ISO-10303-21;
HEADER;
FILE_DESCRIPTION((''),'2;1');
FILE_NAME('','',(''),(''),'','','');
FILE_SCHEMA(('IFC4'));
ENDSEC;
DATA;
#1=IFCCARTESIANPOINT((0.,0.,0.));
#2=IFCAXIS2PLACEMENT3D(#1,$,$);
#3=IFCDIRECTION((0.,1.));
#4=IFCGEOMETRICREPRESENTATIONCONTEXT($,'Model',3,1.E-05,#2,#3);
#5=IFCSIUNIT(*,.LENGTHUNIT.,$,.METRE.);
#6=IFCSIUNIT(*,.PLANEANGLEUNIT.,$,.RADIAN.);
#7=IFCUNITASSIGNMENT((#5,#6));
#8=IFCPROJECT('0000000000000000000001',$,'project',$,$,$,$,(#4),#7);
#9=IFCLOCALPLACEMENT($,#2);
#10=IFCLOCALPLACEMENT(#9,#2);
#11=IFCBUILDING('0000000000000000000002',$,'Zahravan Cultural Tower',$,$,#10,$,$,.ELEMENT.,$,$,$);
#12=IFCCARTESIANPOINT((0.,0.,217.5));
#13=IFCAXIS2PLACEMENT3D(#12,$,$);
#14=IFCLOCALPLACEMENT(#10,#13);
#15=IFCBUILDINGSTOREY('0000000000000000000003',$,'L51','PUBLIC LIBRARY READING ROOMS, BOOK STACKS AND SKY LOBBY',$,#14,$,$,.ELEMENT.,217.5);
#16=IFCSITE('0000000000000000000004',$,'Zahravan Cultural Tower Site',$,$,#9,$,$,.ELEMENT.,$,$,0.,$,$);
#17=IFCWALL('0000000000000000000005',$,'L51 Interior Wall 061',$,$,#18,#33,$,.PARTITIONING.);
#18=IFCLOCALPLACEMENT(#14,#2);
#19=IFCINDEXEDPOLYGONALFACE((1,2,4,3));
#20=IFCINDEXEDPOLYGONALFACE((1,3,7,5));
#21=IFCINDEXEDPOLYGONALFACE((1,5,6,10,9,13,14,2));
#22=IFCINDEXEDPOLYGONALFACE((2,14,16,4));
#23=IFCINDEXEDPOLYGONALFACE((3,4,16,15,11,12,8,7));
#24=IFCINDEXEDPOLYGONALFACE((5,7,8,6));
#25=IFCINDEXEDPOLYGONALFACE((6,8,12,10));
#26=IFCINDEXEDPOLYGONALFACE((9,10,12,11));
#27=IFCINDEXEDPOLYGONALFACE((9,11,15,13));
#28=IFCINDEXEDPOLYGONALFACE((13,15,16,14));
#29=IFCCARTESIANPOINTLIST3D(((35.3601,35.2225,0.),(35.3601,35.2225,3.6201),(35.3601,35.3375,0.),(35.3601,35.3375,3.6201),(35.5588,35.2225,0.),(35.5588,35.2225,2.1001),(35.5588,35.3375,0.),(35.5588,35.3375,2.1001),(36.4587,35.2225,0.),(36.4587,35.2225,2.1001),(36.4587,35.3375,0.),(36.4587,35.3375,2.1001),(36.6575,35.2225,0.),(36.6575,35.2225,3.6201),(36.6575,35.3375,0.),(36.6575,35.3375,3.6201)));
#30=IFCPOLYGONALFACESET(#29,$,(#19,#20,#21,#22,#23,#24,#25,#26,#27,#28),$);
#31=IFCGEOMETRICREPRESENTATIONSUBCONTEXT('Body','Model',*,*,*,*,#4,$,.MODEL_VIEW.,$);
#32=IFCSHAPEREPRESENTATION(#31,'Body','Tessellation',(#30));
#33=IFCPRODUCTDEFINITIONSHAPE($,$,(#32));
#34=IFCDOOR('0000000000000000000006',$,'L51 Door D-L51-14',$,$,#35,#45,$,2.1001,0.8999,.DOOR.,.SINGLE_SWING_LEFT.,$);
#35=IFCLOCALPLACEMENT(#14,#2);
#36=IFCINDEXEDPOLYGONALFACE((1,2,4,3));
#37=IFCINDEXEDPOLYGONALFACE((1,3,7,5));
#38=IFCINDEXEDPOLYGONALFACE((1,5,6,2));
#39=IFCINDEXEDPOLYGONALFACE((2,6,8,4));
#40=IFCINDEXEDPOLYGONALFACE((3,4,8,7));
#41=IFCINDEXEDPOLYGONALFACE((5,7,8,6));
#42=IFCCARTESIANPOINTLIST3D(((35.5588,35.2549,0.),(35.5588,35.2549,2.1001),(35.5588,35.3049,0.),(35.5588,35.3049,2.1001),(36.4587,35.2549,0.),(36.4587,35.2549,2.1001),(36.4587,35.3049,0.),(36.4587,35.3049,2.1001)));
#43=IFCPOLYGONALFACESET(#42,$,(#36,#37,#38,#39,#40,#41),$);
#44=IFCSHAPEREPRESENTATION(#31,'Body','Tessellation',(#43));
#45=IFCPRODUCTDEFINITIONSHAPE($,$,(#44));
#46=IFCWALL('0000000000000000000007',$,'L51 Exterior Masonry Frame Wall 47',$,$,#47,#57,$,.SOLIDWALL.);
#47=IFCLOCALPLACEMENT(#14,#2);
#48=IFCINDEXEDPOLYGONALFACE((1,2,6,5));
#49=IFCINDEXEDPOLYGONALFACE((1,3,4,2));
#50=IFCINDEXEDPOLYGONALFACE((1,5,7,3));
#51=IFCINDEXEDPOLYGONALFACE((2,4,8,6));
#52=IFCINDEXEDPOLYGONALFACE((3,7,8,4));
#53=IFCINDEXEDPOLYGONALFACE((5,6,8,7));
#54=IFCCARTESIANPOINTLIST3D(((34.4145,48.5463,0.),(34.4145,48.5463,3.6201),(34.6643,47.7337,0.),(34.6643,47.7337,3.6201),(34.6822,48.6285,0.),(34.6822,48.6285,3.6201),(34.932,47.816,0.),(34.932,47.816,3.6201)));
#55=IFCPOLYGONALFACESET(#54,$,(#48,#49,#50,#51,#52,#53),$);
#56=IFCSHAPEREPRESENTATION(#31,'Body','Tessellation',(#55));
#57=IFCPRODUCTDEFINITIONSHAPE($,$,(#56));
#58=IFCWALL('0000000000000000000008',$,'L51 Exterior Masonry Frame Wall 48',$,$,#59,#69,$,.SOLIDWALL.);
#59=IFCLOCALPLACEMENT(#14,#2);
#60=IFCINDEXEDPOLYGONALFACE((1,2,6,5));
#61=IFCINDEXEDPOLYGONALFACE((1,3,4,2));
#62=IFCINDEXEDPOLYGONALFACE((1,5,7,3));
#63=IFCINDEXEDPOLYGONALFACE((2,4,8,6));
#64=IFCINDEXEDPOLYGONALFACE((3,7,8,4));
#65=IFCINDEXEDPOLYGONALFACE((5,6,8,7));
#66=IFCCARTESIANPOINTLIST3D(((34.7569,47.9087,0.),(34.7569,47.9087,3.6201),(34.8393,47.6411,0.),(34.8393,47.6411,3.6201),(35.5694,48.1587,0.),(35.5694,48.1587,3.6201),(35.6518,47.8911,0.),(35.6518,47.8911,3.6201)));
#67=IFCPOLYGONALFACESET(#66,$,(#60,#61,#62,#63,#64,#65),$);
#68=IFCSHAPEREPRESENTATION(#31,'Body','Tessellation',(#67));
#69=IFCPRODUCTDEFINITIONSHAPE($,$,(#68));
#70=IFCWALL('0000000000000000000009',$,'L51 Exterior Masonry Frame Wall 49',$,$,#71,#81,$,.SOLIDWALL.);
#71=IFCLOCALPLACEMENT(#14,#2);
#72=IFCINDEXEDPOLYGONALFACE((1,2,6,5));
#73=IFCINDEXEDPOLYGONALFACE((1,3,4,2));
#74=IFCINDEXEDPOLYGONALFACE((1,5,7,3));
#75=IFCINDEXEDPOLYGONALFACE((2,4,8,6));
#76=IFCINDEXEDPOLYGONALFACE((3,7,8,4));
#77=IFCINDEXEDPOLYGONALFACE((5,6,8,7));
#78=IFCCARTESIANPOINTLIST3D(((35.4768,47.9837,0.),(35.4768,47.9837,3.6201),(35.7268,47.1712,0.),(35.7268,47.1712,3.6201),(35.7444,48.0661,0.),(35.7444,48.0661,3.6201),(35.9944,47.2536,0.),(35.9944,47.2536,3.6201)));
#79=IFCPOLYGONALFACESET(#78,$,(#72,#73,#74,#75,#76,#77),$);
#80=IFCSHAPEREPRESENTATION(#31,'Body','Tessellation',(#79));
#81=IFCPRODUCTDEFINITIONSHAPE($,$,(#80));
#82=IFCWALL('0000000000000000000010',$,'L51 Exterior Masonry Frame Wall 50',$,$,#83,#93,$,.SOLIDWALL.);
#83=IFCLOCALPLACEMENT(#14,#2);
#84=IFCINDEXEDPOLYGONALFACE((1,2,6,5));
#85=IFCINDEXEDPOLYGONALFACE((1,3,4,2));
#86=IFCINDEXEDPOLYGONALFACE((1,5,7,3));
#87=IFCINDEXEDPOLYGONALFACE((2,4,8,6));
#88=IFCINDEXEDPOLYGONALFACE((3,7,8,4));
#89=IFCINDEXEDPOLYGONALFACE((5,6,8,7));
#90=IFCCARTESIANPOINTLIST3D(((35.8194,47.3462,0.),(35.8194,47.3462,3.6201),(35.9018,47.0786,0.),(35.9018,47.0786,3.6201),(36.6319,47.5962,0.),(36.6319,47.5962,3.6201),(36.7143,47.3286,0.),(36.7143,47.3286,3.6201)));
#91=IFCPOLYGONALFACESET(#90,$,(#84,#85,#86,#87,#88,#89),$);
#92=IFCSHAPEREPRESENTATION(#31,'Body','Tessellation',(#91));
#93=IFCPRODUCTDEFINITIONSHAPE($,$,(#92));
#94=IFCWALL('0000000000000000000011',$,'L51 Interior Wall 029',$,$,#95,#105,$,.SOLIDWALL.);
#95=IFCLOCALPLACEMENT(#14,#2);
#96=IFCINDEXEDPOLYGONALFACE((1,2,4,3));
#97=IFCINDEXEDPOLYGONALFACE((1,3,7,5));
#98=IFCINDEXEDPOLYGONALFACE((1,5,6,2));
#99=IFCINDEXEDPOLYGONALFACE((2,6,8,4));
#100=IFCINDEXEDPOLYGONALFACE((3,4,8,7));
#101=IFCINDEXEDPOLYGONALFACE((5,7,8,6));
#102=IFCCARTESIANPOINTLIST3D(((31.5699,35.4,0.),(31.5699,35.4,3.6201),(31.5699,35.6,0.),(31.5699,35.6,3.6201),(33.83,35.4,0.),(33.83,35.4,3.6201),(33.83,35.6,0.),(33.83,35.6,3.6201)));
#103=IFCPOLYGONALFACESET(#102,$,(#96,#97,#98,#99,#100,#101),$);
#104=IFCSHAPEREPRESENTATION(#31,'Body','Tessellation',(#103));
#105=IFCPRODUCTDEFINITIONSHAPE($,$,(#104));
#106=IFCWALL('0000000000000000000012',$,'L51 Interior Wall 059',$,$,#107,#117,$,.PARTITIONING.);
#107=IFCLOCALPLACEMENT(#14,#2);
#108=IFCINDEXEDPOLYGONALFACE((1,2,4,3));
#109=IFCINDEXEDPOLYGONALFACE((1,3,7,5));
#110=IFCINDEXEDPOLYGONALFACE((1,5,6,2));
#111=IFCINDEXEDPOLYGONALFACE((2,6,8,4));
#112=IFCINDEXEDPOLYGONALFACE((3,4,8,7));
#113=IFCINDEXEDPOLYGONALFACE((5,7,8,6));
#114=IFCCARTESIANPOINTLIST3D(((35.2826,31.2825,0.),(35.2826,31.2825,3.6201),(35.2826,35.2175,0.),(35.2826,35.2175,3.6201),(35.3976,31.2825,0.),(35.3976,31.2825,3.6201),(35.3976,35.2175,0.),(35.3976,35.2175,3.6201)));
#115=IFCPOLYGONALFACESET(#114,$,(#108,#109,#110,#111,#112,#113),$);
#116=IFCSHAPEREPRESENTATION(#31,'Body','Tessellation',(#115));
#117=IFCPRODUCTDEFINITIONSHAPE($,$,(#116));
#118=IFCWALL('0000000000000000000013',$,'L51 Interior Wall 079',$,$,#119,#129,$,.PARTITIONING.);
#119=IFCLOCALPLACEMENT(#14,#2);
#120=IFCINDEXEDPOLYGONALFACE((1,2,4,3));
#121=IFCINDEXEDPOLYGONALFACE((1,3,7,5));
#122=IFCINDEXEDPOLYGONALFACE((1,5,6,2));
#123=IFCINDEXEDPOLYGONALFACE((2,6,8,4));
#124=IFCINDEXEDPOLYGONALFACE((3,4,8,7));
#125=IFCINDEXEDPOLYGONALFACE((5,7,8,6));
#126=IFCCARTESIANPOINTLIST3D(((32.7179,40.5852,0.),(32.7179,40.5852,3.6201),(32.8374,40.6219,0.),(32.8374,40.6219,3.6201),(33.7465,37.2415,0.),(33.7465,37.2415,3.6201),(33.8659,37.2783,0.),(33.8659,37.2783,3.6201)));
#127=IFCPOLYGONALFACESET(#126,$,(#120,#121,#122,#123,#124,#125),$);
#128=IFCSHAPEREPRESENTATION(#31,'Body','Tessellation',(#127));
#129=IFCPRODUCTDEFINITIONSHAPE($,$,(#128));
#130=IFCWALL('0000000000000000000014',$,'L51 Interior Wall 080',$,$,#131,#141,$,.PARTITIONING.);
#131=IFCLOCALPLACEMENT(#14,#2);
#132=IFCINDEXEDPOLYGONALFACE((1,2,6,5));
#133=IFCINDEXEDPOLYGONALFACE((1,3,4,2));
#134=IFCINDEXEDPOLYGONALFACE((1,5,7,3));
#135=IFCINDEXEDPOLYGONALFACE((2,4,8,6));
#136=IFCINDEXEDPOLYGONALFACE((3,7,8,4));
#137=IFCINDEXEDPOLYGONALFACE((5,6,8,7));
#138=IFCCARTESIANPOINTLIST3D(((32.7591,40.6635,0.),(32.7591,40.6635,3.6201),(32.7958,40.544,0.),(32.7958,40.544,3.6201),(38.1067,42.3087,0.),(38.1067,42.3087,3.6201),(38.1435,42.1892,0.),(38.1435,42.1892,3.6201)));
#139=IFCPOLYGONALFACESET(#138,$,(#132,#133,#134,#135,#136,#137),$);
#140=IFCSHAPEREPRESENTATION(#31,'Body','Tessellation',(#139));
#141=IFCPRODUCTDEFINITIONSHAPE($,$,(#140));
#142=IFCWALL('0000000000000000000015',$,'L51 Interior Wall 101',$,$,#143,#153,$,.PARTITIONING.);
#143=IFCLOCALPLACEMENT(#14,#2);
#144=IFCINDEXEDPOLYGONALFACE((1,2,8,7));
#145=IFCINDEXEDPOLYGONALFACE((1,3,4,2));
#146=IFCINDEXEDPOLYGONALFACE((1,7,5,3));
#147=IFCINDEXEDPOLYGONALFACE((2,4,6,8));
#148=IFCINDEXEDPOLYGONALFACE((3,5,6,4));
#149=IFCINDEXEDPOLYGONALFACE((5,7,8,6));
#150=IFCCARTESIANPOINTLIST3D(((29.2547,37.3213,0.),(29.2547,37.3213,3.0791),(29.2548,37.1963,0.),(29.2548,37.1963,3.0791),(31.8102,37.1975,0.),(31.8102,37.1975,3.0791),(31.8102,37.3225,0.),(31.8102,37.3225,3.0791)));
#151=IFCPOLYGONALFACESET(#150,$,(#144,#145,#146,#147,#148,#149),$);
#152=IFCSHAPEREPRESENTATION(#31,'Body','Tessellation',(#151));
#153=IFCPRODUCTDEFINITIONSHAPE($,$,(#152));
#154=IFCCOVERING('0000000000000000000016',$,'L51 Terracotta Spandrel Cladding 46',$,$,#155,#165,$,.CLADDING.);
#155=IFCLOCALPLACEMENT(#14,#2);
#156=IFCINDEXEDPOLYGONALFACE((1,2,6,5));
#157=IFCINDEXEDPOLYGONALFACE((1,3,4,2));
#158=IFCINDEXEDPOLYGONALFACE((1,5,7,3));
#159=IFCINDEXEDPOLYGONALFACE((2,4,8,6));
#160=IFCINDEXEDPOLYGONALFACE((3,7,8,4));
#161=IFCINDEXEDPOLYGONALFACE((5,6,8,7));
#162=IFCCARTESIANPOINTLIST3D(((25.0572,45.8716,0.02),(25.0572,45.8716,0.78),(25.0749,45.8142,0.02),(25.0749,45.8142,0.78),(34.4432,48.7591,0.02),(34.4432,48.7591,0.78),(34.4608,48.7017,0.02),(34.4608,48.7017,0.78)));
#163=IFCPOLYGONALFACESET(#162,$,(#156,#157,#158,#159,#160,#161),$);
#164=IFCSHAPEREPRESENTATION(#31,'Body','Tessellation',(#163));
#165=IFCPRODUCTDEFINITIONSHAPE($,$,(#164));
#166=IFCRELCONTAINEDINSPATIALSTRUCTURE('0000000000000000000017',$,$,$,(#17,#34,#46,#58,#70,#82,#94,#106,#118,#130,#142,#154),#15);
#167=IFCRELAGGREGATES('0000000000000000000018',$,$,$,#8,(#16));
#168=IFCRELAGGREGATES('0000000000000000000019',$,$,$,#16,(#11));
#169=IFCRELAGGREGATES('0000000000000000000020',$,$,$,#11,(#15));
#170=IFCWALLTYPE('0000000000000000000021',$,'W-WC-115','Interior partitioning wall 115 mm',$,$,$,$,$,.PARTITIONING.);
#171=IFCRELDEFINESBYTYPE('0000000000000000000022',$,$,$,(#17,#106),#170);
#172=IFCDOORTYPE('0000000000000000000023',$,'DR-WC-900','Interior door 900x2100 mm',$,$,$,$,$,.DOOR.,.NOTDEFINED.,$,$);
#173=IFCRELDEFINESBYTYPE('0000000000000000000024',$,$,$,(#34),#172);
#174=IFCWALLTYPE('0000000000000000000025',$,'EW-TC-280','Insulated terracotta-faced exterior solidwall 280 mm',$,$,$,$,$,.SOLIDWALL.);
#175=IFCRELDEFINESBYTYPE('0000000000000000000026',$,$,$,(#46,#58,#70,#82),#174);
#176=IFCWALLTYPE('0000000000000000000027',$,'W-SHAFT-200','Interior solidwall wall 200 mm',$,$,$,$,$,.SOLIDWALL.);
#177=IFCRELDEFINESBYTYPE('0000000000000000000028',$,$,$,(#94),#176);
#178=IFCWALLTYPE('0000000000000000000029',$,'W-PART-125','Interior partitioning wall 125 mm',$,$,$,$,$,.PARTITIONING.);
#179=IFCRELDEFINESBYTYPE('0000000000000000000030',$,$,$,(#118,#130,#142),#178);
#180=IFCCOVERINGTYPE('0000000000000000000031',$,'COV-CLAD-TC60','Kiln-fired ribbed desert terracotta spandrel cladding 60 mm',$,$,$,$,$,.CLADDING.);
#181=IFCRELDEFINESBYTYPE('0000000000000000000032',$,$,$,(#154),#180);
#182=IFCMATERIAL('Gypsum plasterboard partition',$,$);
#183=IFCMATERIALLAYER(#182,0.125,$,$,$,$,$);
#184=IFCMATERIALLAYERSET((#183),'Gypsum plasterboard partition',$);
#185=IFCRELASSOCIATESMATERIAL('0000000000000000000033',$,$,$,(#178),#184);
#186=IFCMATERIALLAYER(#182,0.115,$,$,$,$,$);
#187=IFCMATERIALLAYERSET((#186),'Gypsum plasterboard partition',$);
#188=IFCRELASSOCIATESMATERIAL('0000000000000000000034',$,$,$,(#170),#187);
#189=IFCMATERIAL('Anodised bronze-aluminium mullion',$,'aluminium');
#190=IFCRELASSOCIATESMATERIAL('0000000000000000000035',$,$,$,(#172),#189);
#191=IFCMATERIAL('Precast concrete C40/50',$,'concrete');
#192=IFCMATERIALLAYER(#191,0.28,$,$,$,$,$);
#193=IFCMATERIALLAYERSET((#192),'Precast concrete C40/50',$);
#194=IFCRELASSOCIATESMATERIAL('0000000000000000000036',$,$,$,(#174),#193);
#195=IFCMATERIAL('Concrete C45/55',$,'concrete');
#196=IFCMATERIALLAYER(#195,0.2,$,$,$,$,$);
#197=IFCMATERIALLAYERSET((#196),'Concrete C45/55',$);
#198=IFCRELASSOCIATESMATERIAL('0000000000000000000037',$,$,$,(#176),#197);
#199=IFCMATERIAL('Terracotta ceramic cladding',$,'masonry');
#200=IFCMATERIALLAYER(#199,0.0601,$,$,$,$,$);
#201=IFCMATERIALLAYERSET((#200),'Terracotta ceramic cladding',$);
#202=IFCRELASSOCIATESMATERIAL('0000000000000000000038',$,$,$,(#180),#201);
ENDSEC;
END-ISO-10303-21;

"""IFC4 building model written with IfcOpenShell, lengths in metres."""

from ifc_helpers import new_model, si_unit, direction, frame, frame_2d, origin, origin_2d, place, context, subcontext, project, spatial, rectangle, extrude, source, transform, mapped, material, layer, layer_set, type_object, element, fill, save


model = new_model("IFC4")

# Units and contexts
model_context = context("Model", 3, precision=1e-05, world=origin(), true_north=direction((0.0, 1.0)))
body_context = subcontext(model_context, "Body", "Model", "MODEL_VIEW")
ifc_project = project(units=[si_unit("LENGTHUNIT", "METRE"), si_unit("PLANEANGLEUNIT", "RADIAN")], contexts=[model_context])

# Site, building, storey
site_placement = place(None, origin())
site = spatial("IfcSite", under=ifc_project, at=site_placement, Name="Zahravan Cultural Tower Site", CompositionType="ELEMENT", RefElevation=0.0)
building_placement = place(site_placement, origin())
building = spatial("IfcBuilding", under=site, at=building_placement, Name="Zahravan Cultural Tower", CompositionType="ELEMENT")
storey_placement = place(building_placement, frame((0.0, 0.0, 217.5)))
storey = spatial("IfcBuildingStorey", under=building, at=storey_placement, Name="L51", Description="PUBLIC LIBRARY READING ROOMS, BOOK STACKS AND SKY LOBBY", CompositionType="ELEMENT", Elevation=217.5)

# Wall, opening, door
ifc_material_1 = material(Name="Gypsum plasterboard partition")
ifc_layer_1 = layer(ifc_material_1, 0.125)
ifc_layer_set_1 = layer_set([ifc_layer_1], Name="Gypsum plasterboard partition")
wall_type_1 = type_object("IfcWallType", Name="W-PART-125", Description="Interior partitioning wall 125 mm", PredefinedType="PARTITIONING", material=ifc_layer_set_1)
ifc_material_2 = material(Name="Anodised bronze-aluminium mullion", Category="aluminium")
ifc_layer_2 = layer(ifc_material_1, 0.115)
ifc_layer_set_2 = layer_set([ifc_layer_2], Name="Gypsum plasterboard partition")
wall_type_2 = type_object("IfcWallType", Name="W-WC-115", Description="Interior partitioning wall 115 mm", PredefinedType="PARTITIONING", material=ifc_layer_set_2)
door_type_1 = type_object("IfcDoorType", Name="DR-WC-900", Description="Interior door 900x2100 mm", OperationType="NOTDEFINED", PredefinedType="DOOR", material=ifc_material_2)
shared_shape_1 = source(origin(), body_context, "Body", "SweptSolid", [
    extrude(rectangle(XDim=0.8999, YDim=2.1001, at=frame_2d((0.45, 1.05))), frame((0.0, 0.0249, 0.0), z_axis=(0.0, -1.0, 0.0), x_axis=(1.0, 0.0, 0.0)), (0.0, 0.0, 1.0), 0.05),
])
wall_1_placement = place(storey_placement, frame((35.3601, 35.28, 0.0), z_axis=(0.0, 0.0, 1.0), x_axis=(1.0, 0.0, 0.0)))
wall_1 = element("IfcWall", 1, at=wall_1_placement, inside=storey, type_object=wall_type_2, Name="L51 Interior Wall 061", PredefinedType="PARTITIONING", context=body_context, shape_type="SweptSolid", body=[
    extrude(rectangle(XDim=1.2974, YDim=0.115, at=frame_2d((0.6487, 0.0))), origin(), (0.0, 0.0, 1.0), 3.6201),
])
opening_1_placement = place(wall_1_placement, frame((0.1987, 0.0, 0.0)))
opening_1 = element("IfcOpeningElement", 2, at=opening_1_placement, cuts=wall_1, PredefinedType="OPENING", context=body_context, shape_type="SweptSolid", body=[
    extrude(rectangle(XDim=0.8999, YDim=2.1001, at=frame_2d((0.45, 1.05))), frame((0.0, 0.0674, 0.0), z_axis=(0.0, -1.0, 0.0), x_axis=(1.0, 0.0, 0.0)), (0.0, 0.0, 1.0), 0.135),
])
door_1_placement = place(opening_1_placement, origin())
door_1 = element("IfcDoor", 3, at=door_1_placement, inside=storey, type_object=door_type_1, Name="L51 Door D-L51-14", OperationType="SINGLE_SWING_LEFT", OverallHeight=2.1001, OverallWidth=0.8999, PredefinedType="DOOR", context=body_context, shape_type="MappedRepresentation", body=[
    mapped(shared_shape_1, transform((0.0, 0.0, 0.0), x_axis=(1.0, 0.0, 0.0), y_axis=(0.0, 1.0, 0.0), z_axis=(0.0, 0.0, 1.0), scale=1.0)),
])
fill(opening_1, door_1)

# Walls
ifc_material_3 = material(Name="Precast concrete C40/50", Category="concrete")
ifc_layer_3 = layer(ifc_material_3, 0.28)
ifc_layer_set_3 = layer_set([ifc_layer_3], Name="Precast concrete C40/50")
wall_type_3 = type_object("IfcWallType", Name="EW-TC-280", Description="Insulated terracotta-faced exterior solidwall 280 mm", PredefinedType="SOLIDWALL", material=ifc_layer_set_3)
shared_shape_2 = source(origin(), body_context, "Body", "SweptSolid", [
    extrude(rectangle(XDim=0.8501, YDim=0.28, at=frame_2d((0.425, 0.0))), origin(), (0.0, 0.0, 1.0), 3.6201),
])
for number, where, z_axis, x_axis, name in (
    (4, (34.5483, 48.5874, 0.0), (0.0, 0.0, 1.0), (0.293823, -0.95586, 0.0), "L51 Exterior Masonry Frame Wall 47"),
    (5, (34.7981, 47.7749, 0.0), (0.0, 0.0, 1.0), (0.955779, 0.294086, 0.0), "L51 Exterior Masonry Frame Wall 48"),
    (6, (35.6106, 48.0249, 0.0), (0.0, 0.0, 1.0), (0.294086, -0.955779, 0.0), "L51 Exterior Masonry Frame Wall 49"),
    (7, (35.8606, 47.2124, 0.0), (0.0, 0.0, 1.0), (0.955779, 0.294086, 0.0), "L51 Exterior Masonry Frame Wall 50"),
):
    element("IfcWall", number, at=place(storey_placement, frame(where, z_axis=z_axis, x_axis=x_axis)), inside=storey, type_object=wall_type_3, Name=name, PredefinedType="SOLIDWALL", context=body_context, shape_type="MappedRepresentation", body=[
        mapped(shared_shape_2, transform((0.0, 0.0, 0.0), x_axis=(1.0, 0.0, 0.0), y_axis=(0.0, 1.0, 0.0), z_axis=(0.0, 0.0, 1.0), scale=1.0)),
    ])
ifc_material_4 = material(Name="Concrete C45/55", Category="concrete")
ifc_layer_4 = layer(ifc_material_4, 0.2)
ifc_layer_set_4 = layer_set([ifc_layer_4], Name="Concrete C45/55")
wall_type_4 = type_object("IfcWallType", Name="W-SHAFT-200", Description="Interior solidwall wall 200 mm", PredefinedType="SOLIDWALL", material=ifc_layer_set_4)
shared_shape_3 = source(origin(), body_context, "Body", "SweptSolid", [
    extrude(rectangle(XDim=2.26, YDim=0.2, at=frame_2d((1.1299, 0.0))), origin(), (0.0, 0.0, 1.0), 3.6201),
])
wall_2_placement = place(storey_placement, frame((31.5701, 35.5, 0.0), z_axis=(0.0, 0.0, 1.0), x_axis=(1.0, 0.0, 0.0)))
element("IfcWall", 8, at=wall_2_placement, inside=storey, type_object=wall_type_4, Name="L51 Interior Wall 029", PredefinedType="SOLIDWALL", context=body_context, shape_type="MappedRepresentation", body=[
    mapped(shared_shape_3, transform((0.0, 0.0, 0.0), x_axis=(1.0, 0.0, 0.0), y_axis=(0.0, 1.0, 0.0), z_axis=(0.0, 0.0, 1.0), scale=1.0)),
])
shared_shape_4 = source(origin(), body_context, "Body", "SweptSolid", [
    extrude(rectangle(XDim=3.9351, YDim=0.115, at=frame_2d((1.9675, 0.0))), origin(), (0.0, 0.0, 1.0), 3.6201),
])
wall_3_placement = place(storey_placement, frame((35.3401, 35.2175, 0.0), z_axis=(0.0, 0.0, 1.0), x_axis=(0.0, -1.0, 0.0)))
element("IfcWall", 9, at=wall_3_placement, inside=storey, type_object=wall_type_2, Name="L51 Interior Wall 059", PredefinedType="PARTITIONING", context=body_context, shape_type="MappedRepresentation", body=[
    mapped(shared_shape_4, transform((0.0, 0.0, 0.0), x_axis=(1.0, 0.0, 0.0), y_axis=(0.0, 1.0, 0.0), z_axis=(0.0, 0.0, 1.0), scale=1.0)),
])
shared_shape_5 = source(origin(), body_context, "Body", "SweptSolid", [
    extrude(rectangle(XDim=3.4983, YDim=0.125, at=frame_2d((1.749, 0.0))), origin(), (0.0, 0.0, 1.0), 3.6201),
])
wall_4_placement = place(storey_placement, frame((33.8062, 37.26, 0.0), z_axis=(0.0, 0.0, 1.0), x_axis=(-0.294012, 0.955802, 0.0)))
element("IfcWall", 10, at=wall_4_placement, inside=storey, type_object=wall_type_1, Name="L51 Interior Wall 079", PredefinedType="PARTITIONING", context=body_context, shape_type="MappedRepresentation", body=[
    mapped(shared_shape_5, transform((0.0, 0.0, 0.0), x_axis=(1.0, 0.0, 0.0), y_axis=(0.0, 1.0, 0.0), z_axis=(0.0, 0.0, 1.0), scale=1.0)),
])
shared_shape_6 = source(origin(), body_context, "Body", "SweptSolid", [
    extrude(rectangle(XDim=5.595, YDim=0.125, at=frame_2d((2.7974, 0.0))), origin(), (0.0, 0.0, 1.0), 3.6201),
])
wall_5_placement = place(storey_placement, frame((32.7776, 40.6038, 0.0), z_axis=(0.0, 0.0, 1.0), x_axis=(0.955787, 0.294058, 0.0)))
element("IfcWall", 11, at=wall_5_placement, inside=storey, type_object=wall_type_1, Name="L51 Interior Wall 080", PredefinedType="PARTITIONING", context=body_context, shape_type="MappedRepresentation", body=[
    mapped(shared_shape_6, transform((0.0, 0.0, 0.0), x_axis=(1.0, 0.0, 0.0), y_axis=(0.0, 1.0, 0.0), z_axis=(0.0, 0.0, 1.0), scale=1.0)),
])
shared_shape_7 = source(origin(), body_context, "Body", "SweptSolid", [
    extrude(rectangle(XDim=2.5554, YDim=0.125, at=frame_2d((1.2778, 0.0))), origin(), (0.0, 0.0, 1.0), 3.0791),
])
wall_6_placement = place(storey_placement, frame((31.8103, 37.26, 0.0), z_axis=(0.0, 0.0, 1.0), x_axis=(-1.0, -0.000478, 0.0)))
element("IfcWall", 12, at=wall_6_placement, inside=storey, type_object=wall_type_1, Name="L51 Interior Wall 101", PredefinedType="PARTITIONING", context=body_context, shape_type="MappedRepresentation", body=[
    mapped(shared_shape_7, transform((0.0, 0.0, 0.0), x_axis=(1.0, 0.0, 0.0), y_axis=(0.0, 1.0, 0.0), z_axis=(0.0, 0.0, 1.0), scale=1.0)),
])

# Covering
ifc_material_5 = material(Name="Terracotta ceramic cladding", Category="masonry")
ifc_layer_5 = layer(ifc_material_5, 0.0601)
ifc_layer_set_5 = layer_set([ifc_layer_5], Name="Terracotta ceramic cladding")
covering_type = type_object("IfcCoveringType", Name="COV-CLAD-TC60", Description="Kiln-fired ribbed desert terracotta spandrel cladding 60 mm", PredefinedType="CLADDING", material=ifc_layer_set_5)
shared_shape_8 = source(origin(), body_context, "Body", "SweptSolid", [
    extrude(rectangle(XDim=9.8201, YDim=0.0601, at=origin_2d()), origin(), (0.0, 0.0, 1.0), 0.76),
])
covering_placement = place(storey_placement, frame((29.759, 47.2866, 0.02), z_axis=(0.0, 0.0, 1.0), x_axis=(0.955793, 0.29404, 0.0)))
element("IfcCovering", 13, at=covering_placement, inside=storey, type_object=covering_type, Name="L51 Terracotta Spandrel Cladding 46", PredefinedType="CLADDING", context=body_context, shape_type="MappedRepresentation", body=[
    mapped(shared_shape_8, transform((0.0, 0.0, 0.0), x_axis=(1.0, 0.0, 0.0), y_axis=(0.0, 1.0, 0.0), z_axis=(0.0, 0.0, 1.0), scale=1.0)),
])

save(model, "model.ifc")
